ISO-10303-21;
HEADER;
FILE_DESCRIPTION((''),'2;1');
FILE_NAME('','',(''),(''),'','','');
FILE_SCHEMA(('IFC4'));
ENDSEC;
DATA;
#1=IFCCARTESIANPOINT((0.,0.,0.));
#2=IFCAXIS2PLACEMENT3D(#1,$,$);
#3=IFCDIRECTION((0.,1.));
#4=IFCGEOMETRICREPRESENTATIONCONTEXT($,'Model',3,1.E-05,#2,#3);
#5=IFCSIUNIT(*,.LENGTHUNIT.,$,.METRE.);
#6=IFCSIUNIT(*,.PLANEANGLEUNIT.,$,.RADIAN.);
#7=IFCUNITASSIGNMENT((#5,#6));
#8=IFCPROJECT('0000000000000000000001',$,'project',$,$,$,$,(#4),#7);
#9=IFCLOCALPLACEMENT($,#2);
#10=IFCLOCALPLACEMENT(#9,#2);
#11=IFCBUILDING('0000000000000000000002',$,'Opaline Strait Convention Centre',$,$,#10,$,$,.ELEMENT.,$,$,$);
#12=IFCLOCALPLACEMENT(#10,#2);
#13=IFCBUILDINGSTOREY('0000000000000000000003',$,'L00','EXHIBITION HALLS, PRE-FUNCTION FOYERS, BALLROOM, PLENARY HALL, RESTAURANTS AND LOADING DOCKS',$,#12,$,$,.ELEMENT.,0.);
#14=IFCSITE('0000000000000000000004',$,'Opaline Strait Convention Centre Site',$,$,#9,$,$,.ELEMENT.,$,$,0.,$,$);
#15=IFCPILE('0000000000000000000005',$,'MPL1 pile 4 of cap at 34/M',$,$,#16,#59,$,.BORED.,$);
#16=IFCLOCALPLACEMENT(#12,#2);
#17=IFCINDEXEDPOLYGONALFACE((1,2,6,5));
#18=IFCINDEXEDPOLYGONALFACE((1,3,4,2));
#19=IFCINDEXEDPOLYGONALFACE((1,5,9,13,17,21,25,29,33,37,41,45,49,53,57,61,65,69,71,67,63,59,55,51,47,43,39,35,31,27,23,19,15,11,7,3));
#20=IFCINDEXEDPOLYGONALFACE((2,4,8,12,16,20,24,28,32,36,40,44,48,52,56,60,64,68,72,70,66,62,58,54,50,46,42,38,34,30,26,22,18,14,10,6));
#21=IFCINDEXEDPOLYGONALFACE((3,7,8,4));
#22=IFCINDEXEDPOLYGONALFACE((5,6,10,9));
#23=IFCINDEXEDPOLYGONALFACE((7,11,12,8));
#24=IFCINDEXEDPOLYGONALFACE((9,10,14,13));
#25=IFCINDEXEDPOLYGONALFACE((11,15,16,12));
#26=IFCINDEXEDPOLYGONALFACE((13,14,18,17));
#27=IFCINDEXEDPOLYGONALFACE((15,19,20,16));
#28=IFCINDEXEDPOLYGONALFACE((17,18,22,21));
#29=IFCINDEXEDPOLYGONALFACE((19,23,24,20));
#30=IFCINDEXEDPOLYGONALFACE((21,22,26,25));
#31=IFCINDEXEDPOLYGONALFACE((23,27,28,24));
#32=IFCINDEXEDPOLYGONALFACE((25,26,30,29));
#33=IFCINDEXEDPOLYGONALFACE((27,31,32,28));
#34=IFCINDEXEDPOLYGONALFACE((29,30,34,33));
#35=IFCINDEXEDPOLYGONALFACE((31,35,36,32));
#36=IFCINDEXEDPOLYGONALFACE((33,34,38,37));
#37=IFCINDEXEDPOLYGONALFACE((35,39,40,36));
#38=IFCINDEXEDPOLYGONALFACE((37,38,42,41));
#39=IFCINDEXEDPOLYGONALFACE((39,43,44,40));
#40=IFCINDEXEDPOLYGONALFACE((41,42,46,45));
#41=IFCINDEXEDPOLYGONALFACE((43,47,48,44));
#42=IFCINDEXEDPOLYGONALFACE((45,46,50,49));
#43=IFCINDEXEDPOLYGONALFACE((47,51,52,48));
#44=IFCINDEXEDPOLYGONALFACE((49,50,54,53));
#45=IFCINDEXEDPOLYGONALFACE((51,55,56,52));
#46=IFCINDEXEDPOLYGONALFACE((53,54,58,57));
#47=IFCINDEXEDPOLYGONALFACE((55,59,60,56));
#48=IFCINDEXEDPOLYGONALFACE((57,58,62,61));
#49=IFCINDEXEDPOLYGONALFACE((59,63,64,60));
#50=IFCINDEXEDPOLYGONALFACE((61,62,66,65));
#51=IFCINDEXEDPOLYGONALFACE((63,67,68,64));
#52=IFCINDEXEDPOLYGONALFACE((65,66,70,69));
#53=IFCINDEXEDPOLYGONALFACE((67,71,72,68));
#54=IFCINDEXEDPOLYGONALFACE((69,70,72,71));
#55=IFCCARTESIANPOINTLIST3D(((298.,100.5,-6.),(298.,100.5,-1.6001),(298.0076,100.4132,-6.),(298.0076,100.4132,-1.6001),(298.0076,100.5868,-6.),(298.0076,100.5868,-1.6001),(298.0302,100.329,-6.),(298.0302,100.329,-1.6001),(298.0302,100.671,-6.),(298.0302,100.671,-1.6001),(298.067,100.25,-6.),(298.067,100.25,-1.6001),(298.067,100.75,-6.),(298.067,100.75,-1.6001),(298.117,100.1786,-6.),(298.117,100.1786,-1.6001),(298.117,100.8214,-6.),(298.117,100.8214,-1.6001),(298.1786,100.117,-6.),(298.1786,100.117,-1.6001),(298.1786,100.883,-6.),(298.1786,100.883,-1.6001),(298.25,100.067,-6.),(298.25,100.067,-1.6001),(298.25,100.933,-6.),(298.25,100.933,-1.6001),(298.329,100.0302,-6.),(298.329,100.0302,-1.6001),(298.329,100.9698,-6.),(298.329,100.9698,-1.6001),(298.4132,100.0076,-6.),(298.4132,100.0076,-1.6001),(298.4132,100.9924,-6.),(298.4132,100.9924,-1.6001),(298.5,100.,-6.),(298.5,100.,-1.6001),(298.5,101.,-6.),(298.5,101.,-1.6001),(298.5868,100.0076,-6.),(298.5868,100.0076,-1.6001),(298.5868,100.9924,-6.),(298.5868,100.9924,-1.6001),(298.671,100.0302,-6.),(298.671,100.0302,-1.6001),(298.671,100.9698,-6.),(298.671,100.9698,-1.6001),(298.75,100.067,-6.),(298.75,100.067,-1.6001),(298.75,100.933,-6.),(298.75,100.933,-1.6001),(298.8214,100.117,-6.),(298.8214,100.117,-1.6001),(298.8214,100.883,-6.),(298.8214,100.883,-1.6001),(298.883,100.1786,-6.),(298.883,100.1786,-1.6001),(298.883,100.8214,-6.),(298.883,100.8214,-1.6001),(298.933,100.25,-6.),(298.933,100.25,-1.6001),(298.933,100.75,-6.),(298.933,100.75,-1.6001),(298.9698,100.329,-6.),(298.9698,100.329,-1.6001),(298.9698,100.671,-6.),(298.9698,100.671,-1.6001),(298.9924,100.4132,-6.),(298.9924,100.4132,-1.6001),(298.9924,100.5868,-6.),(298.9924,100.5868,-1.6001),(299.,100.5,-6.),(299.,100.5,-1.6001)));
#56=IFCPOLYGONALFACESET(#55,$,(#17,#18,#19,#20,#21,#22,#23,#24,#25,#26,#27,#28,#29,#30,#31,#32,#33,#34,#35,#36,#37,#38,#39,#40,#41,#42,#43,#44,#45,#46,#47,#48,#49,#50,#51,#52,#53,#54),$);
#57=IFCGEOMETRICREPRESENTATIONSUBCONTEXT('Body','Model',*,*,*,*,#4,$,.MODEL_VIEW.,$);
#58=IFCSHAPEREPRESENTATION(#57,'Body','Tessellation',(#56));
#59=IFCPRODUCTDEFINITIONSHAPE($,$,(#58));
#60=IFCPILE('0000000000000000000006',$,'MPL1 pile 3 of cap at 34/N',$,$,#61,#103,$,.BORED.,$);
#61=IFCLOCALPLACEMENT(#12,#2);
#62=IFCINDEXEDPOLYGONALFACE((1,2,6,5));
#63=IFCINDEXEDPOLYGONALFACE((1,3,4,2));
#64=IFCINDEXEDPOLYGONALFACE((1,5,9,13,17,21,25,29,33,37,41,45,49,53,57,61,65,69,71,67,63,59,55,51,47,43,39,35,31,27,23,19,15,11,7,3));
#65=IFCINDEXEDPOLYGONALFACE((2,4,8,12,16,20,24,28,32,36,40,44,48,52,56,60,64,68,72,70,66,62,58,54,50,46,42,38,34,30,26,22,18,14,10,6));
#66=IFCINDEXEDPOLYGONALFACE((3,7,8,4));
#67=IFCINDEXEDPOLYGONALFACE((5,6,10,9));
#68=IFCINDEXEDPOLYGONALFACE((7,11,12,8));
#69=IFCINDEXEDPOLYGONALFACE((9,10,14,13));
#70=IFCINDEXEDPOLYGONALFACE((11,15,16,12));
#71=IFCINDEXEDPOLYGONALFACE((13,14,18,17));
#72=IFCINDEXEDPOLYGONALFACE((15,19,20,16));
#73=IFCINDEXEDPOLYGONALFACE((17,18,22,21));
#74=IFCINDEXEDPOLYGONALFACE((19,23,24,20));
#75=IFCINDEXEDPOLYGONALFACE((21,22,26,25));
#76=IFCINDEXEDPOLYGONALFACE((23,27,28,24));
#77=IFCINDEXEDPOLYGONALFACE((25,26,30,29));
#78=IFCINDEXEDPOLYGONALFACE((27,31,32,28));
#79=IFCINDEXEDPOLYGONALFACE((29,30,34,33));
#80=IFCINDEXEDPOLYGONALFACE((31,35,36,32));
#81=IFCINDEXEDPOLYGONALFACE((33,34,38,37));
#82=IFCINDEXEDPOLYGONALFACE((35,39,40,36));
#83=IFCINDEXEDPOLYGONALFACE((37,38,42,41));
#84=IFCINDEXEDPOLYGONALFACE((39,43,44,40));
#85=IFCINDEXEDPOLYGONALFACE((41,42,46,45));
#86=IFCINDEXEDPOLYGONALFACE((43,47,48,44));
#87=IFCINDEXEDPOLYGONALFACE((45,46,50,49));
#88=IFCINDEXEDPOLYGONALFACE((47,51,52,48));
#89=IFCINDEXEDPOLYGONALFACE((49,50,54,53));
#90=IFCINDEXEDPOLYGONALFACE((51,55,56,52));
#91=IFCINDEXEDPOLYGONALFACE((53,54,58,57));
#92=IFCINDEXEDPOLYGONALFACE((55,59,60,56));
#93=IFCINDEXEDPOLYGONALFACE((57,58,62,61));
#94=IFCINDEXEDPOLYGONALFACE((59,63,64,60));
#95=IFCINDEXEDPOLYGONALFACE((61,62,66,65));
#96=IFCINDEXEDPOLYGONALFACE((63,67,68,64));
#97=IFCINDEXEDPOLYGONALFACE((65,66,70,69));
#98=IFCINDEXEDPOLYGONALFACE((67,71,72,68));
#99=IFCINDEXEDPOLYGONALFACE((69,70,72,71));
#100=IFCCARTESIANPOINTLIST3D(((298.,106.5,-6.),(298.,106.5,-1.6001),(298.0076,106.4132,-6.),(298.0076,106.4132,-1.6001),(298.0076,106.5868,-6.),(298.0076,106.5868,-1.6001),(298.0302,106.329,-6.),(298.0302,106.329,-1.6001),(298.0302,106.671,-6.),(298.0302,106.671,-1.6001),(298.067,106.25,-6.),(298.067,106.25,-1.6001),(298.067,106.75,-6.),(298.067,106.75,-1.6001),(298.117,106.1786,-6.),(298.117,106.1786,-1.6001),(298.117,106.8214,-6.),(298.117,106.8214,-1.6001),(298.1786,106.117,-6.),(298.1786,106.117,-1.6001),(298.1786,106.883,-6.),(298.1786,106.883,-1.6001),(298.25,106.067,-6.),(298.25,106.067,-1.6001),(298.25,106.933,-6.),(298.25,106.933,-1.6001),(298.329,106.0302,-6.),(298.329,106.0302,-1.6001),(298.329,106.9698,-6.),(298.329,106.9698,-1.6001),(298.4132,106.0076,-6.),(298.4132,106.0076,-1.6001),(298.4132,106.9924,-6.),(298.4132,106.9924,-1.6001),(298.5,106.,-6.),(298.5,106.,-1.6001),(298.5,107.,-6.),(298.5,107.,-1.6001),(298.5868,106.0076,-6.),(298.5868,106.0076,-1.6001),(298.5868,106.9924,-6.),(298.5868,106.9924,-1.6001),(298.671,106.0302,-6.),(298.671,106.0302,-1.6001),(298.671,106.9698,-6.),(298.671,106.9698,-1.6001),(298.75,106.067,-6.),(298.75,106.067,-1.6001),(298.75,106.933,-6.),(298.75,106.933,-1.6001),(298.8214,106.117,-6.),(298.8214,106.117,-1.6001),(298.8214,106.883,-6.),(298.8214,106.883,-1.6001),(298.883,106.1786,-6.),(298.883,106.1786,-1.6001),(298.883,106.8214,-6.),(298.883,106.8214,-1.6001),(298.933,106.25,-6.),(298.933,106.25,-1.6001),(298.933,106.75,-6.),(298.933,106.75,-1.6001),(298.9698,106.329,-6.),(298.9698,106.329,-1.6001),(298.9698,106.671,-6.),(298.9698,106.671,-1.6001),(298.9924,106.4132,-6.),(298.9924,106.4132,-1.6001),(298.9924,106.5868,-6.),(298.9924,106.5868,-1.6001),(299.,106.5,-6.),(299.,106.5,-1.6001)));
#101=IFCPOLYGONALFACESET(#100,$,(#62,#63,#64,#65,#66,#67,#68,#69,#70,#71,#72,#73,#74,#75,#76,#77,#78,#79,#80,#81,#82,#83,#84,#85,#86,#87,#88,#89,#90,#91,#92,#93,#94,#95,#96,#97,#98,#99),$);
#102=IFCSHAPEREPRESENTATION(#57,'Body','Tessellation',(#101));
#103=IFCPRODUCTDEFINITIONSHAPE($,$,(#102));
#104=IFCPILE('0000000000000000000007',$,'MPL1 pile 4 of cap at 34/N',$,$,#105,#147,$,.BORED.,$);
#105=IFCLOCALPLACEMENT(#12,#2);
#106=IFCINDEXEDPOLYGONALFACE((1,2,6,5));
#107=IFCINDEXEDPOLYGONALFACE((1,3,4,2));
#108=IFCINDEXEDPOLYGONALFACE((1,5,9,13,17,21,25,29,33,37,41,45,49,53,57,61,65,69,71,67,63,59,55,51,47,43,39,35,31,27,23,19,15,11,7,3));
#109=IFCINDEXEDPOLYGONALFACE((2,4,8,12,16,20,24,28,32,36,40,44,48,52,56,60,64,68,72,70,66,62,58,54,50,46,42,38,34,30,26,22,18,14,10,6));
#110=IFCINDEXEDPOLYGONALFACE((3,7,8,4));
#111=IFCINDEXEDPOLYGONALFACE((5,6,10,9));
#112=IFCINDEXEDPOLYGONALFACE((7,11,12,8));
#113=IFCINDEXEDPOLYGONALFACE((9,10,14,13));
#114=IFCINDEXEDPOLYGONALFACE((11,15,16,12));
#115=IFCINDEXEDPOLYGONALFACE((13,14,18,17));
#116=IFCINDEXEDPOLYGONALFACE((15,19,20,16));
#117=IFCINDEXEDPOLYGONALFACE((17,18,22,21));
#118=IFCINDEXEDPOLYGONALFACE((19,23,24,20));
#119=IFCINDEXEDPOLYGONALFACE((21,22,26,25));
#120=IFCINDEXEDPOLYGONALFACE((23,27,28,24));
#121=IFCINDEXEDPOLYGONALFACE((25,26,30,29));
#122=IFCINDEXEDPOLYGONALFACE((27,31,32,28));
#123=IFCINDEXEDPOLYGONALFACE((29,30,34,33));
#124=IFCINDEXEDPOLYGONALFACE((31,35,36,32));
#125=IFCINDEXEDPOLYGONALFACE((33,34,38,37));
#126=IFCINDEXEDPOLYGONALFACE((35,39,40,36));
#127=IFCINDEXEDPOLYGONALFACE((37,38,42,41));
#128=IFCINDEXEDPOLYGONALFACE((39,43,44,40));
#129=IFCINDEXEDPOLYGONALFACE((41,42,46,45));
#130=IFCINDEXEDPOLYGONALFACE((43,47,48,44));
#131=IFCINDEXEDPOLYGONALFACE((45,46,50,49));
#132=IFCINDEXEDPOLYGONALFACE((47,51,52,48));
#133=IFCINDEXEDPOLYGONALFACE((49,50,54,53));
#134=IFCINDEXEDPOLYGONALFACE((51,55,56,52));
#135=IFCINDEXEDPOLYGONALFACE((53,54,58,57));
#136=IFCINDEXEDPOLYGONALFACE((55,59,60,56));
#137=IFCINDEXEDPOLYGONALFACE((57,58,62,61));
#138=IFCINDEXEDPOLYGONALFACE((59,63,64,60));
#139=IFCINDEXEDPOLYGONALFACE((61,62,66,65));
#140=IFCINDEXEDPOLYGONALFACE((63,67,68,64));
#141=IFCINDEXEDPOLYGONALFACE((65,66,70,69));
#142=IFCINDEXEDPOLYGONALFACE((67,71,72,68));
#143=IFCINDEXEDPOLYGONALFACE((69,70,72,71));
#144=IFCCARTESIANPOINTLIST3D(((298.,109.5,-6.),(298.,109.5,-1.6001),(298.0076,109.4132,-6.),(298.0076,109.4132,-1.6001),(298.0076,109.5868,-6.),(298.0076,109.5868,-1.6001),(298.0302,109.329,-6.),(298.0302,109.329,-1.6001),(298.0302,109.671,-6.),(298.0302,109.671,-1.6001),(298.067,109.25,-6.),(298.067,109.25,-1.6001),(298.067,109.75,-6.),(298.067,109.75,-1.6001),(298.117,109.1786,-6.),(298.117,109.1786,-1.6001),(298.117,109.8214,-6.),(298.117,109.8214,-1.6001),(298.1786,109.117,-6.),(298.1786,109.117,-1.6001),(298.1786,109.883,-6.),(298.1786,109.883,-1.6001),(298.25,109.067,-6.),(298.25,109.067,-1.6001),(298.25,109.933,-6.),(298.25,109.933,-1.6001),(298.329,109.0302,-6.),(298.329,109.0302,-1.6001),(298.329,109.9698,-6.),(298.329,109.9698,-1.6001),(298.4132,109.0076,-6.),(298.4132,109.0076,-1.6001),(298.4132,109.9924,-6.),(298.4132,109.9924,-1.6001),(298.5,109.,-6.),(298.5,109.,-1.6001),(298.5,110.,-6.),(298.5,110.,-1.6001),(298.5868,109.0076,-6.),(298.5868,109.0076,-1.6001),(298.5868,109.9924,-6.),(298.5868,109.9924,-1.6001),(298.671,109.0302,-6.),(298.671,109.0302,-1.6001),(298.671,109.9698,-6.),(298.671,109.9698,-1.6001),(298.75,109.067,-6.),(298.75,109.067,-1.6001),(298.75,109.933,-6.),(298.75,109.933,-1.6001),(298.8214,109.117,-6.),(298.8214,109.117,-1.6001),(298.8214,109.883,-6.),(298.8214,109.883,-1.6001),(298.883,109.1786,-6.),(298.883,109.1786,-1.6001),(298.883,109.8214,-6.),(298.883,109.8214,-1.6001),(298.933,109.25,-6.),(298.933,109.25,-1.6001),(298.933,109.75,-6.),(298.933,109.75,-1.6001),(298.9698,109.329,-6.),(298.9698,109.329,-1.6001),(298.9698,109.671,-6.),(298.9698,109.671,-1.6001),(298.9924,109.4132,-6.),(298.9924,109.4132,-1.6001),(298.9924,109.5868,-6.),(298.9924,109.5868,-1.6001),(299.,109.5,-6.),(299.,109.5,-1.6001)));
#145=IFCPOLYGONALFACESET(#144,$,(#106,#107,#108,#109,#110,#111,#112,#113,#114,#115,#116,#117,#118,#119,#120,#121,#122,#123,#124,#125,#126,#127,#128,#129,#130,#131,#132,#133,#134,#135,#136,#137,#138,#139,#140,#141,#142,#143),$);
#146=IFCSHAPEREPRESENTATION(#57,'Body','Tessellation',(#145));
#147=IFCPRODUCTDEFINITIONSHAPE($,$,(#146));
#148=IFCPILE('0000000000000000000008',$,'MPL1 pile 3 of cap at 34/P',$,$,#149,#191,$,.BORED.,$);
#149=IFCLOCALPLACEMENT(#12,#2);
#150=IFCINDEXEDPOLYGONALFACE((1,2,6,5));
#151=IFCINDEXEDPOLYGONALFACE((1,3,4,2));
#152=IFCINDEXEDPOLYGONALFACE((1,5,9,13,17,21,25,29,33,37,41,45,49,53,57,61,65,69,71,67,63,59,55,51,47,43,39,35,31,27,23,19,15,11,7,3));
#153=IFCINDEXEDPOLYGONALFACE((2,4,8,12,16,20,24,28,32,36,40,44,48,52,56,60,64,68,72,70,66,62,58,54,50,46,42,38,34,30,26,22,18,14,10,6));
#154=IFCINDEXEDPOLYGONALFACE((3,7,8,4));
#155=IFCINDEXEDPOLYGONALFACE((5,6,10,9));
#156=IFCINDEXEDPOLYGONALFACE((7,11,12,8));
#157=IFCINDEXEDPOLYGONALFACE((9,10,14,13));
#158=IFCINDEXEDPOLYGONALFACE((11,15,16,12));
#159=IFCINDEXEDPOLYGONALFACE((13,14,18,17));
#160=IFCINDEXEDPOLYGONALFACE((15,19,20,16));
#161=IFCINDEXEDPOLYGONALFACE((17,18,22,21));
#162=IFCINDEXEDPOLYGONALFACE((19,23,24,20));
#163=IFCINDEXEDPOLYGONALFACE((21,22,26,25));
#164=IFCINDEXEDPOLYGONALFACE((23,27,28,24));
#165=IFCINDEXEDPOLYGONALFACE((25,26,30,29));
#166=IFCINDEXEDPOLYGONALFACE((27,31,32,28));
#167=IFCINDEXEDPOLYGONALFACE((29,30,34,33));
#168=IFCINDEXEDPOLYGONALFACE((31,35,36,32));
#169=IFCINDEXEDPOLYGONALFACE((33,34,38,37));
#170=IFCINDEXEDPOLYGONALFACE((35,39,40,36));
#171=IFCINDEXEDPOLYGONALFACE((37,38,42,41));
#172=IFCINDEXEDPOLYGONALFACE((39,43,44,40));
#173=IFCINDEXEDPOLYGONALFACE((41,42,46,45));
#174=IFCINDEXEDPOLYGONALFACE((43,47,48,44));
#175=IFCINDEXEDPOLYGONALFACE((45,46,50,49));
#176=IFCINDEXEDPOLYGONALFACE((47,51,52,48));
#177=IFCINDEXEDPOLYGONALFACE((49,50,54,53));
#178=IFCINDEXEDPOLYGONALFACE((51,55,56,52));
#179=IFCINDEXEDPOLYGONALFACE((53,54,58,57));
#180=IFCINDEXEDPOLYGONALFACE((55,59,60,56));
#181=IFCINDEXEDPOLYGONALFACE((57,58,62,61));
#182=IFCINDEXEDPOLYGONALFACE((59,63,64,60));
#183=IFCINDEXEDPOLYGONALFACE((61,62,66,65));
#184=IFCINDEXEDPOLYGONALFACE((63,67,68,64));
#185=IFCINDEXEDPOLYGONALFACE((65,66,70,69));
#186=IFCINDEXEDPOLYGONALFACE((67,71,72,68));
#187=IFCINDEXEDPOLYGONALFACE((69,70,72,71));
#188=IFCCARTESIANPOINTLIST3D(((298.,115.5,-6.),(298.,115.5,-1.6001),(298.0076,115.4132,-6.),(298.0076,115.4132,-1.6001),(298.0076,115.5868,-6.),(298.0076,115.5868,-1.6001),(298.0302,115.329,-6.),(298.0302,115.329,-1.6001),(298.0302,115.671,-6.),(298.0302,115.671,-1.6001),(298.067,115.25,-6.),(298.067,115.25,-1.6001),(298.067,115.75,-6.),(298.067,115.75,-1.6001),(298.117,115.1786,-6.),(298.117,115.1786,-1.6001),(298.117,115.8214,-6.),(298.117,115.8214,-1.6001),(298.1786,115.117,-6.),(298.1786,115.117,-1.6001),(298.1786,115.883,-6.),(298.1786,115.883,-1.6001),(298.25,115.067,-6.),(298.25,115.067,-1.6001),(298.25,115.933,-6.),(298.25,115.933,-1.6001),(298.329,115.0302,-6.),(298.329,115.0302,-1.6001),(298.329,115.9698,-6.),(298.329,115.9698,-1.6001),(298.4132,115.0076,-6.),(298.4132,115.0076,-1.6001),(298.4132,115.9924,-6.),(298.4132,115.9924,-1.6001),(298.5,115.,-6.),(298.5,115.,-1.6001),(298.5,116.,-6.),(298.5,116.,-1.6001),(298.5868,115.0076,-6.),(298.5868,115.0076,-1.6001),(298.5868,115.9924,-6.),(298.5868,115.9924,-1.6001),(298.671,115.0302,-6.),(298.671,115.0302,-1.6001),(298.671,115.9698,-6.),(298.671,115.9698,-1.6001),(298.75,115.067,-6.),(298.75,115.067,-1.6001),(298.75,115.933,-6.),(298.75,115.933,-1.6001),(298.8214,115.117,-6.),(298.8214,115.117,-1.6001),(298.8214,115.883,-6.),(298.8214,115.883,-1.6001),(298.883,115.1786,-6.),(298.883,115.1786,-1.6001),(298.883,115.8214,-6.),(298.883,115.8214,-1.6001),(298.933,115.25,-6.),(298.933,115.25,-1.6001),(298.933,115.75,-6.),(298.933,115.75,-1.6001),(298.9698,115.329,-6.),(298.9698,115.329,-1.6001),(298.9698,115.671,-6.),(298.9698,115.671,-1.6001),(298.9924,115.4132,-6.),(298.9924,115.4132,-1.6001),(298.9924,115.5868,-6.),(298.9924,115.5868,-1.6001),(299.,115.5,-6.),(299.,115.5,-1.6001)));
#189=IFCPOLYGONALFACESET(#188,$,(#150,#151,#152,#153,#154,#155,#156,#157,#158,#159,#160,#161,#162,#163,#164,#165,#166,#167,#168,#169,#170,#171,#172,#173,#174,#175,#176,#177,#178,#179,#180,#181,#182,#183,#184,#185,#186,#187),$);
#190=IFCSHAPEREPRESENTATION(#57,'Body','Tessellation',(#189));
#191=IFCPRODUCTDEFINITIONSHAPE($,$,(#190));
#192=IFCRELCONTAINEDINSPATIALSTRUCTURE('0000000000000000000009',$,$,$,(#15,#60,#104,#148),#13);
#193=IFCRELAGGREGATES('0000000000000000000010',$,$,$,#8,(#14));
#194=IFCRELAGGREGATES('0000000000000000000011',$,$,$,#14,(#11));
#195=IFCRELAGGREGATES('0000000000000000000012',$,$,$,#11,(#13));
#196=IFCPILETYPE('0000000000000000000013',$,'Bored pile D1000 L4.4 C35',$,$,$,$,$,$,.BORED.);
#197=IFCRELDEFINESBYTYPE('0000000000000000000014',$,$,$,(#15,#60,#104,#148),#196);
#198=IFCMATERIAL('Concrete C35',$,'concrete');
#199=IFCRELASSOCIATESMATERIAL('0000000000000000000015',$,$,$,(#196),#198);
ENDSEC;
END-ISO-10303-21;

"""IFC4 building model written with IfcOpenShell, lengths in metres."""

from ifc_helpers import new_model, si_unit, direction, frame, origin, origin_2d, place, context, subcontext, project, spatial, circle, extrude, material, material_profile, profile_set, type_object, element, save


model = new_model("IFC4")

# Units and contexts
model_context = context("Model", 3, precision=1e-05, world=origin(), true_north=direction((0.0, 1.0)))
body_context = subcontext(model_context, "Body", "Model", "MODEL_VIEW")
ifc_project = project(units=[si_unit("LENGTHUNIT", "METRE"), si_unit("PLANEANGLEUNIT", "RADIAN")], contexts=[model_context])

# Site, building, storey
site_placement = place(None, origin())
site = spatial("IfcSite", under=ifc_project, at=site_placement, Name="Opaline Strait Convention Centre Site", CompositionType="ELEMENT", RefElevation=0.0)
building_placement = place(site_placement, origin())
building = spatial("IfcBuilding", under=site, at=building_placement, Name="Opaline Strait Convention Centre", CompositionType="ELEMENT")
storey_placement = place(building_placement, origin())
storey = spatial("IfcBuildingStorey", under=building, at=storey_placement, Name="L00", Description="EXHIBITION HALLS, PRE-FUNCTION FOYERS, BALLROOM, PLENARY HALL, RESTAURANTS AND LOADING DOCKS", CompositionType="ELEMENT", Elevation=0.0)

# Piles
ifc_material_1 = material(Name="Concrete C35", Category="concrete")
ifc_material_profile_1 = material_profile(ifc_material_1, circle(Radius=0.5, at=origin_2d()), Name="D1000")
ifc_profile_set_1 = profile_set([ifc_material_profile_1], Name="Concrete C35")
pile_type = type_object("IfcPileType", Name="Bored pile D1000 L4.4 C35", PredefinedType="BORED", material=ifc_profile_set_1)
for number, where, z_axis, x_axis, name in (
    (1, (298.5, 100.5, -1.6001), (0.0, 0.0, -1.0), (1.0, 0.0, 0.0), "MPL1 pile 4 of cap at 34/M"),
    (2, (298.5, 106.5, -1.6001), (0.0, 0.0, -1.0), (1.0, 0.0, 0.0), "MPL1 pile 3 of cap at 34/N"),
    (3, (298.5, 109.5, -1.6001), (0.0, 0.0, -1.0), (1.0, 0.0, 0.0), "MPL1 pile 4 of cap at 34/N"),
    (4, (298.5, 115.5, -1.6001), (0.0, 0.0, -1.0), (1.0, 0.0, 0.0), "MPL1 pile 3 of cap at 34/P"),
):
    element("IfcPile", number, at=place(storey_placement, frame(where, z_axis=z_axis, x_axis=x_axis)), inside=storey, type_object=pile_type, Name=name, PredefinedType="BORED", context=body_context, shape_type="SweptSolid", body=[
        extrude(circle(Radius=0.5, at=origin_2d()), origin(), (0.0, 0.0, 1.0), 4.3999),
    ])

save(model, "model.ifc")
